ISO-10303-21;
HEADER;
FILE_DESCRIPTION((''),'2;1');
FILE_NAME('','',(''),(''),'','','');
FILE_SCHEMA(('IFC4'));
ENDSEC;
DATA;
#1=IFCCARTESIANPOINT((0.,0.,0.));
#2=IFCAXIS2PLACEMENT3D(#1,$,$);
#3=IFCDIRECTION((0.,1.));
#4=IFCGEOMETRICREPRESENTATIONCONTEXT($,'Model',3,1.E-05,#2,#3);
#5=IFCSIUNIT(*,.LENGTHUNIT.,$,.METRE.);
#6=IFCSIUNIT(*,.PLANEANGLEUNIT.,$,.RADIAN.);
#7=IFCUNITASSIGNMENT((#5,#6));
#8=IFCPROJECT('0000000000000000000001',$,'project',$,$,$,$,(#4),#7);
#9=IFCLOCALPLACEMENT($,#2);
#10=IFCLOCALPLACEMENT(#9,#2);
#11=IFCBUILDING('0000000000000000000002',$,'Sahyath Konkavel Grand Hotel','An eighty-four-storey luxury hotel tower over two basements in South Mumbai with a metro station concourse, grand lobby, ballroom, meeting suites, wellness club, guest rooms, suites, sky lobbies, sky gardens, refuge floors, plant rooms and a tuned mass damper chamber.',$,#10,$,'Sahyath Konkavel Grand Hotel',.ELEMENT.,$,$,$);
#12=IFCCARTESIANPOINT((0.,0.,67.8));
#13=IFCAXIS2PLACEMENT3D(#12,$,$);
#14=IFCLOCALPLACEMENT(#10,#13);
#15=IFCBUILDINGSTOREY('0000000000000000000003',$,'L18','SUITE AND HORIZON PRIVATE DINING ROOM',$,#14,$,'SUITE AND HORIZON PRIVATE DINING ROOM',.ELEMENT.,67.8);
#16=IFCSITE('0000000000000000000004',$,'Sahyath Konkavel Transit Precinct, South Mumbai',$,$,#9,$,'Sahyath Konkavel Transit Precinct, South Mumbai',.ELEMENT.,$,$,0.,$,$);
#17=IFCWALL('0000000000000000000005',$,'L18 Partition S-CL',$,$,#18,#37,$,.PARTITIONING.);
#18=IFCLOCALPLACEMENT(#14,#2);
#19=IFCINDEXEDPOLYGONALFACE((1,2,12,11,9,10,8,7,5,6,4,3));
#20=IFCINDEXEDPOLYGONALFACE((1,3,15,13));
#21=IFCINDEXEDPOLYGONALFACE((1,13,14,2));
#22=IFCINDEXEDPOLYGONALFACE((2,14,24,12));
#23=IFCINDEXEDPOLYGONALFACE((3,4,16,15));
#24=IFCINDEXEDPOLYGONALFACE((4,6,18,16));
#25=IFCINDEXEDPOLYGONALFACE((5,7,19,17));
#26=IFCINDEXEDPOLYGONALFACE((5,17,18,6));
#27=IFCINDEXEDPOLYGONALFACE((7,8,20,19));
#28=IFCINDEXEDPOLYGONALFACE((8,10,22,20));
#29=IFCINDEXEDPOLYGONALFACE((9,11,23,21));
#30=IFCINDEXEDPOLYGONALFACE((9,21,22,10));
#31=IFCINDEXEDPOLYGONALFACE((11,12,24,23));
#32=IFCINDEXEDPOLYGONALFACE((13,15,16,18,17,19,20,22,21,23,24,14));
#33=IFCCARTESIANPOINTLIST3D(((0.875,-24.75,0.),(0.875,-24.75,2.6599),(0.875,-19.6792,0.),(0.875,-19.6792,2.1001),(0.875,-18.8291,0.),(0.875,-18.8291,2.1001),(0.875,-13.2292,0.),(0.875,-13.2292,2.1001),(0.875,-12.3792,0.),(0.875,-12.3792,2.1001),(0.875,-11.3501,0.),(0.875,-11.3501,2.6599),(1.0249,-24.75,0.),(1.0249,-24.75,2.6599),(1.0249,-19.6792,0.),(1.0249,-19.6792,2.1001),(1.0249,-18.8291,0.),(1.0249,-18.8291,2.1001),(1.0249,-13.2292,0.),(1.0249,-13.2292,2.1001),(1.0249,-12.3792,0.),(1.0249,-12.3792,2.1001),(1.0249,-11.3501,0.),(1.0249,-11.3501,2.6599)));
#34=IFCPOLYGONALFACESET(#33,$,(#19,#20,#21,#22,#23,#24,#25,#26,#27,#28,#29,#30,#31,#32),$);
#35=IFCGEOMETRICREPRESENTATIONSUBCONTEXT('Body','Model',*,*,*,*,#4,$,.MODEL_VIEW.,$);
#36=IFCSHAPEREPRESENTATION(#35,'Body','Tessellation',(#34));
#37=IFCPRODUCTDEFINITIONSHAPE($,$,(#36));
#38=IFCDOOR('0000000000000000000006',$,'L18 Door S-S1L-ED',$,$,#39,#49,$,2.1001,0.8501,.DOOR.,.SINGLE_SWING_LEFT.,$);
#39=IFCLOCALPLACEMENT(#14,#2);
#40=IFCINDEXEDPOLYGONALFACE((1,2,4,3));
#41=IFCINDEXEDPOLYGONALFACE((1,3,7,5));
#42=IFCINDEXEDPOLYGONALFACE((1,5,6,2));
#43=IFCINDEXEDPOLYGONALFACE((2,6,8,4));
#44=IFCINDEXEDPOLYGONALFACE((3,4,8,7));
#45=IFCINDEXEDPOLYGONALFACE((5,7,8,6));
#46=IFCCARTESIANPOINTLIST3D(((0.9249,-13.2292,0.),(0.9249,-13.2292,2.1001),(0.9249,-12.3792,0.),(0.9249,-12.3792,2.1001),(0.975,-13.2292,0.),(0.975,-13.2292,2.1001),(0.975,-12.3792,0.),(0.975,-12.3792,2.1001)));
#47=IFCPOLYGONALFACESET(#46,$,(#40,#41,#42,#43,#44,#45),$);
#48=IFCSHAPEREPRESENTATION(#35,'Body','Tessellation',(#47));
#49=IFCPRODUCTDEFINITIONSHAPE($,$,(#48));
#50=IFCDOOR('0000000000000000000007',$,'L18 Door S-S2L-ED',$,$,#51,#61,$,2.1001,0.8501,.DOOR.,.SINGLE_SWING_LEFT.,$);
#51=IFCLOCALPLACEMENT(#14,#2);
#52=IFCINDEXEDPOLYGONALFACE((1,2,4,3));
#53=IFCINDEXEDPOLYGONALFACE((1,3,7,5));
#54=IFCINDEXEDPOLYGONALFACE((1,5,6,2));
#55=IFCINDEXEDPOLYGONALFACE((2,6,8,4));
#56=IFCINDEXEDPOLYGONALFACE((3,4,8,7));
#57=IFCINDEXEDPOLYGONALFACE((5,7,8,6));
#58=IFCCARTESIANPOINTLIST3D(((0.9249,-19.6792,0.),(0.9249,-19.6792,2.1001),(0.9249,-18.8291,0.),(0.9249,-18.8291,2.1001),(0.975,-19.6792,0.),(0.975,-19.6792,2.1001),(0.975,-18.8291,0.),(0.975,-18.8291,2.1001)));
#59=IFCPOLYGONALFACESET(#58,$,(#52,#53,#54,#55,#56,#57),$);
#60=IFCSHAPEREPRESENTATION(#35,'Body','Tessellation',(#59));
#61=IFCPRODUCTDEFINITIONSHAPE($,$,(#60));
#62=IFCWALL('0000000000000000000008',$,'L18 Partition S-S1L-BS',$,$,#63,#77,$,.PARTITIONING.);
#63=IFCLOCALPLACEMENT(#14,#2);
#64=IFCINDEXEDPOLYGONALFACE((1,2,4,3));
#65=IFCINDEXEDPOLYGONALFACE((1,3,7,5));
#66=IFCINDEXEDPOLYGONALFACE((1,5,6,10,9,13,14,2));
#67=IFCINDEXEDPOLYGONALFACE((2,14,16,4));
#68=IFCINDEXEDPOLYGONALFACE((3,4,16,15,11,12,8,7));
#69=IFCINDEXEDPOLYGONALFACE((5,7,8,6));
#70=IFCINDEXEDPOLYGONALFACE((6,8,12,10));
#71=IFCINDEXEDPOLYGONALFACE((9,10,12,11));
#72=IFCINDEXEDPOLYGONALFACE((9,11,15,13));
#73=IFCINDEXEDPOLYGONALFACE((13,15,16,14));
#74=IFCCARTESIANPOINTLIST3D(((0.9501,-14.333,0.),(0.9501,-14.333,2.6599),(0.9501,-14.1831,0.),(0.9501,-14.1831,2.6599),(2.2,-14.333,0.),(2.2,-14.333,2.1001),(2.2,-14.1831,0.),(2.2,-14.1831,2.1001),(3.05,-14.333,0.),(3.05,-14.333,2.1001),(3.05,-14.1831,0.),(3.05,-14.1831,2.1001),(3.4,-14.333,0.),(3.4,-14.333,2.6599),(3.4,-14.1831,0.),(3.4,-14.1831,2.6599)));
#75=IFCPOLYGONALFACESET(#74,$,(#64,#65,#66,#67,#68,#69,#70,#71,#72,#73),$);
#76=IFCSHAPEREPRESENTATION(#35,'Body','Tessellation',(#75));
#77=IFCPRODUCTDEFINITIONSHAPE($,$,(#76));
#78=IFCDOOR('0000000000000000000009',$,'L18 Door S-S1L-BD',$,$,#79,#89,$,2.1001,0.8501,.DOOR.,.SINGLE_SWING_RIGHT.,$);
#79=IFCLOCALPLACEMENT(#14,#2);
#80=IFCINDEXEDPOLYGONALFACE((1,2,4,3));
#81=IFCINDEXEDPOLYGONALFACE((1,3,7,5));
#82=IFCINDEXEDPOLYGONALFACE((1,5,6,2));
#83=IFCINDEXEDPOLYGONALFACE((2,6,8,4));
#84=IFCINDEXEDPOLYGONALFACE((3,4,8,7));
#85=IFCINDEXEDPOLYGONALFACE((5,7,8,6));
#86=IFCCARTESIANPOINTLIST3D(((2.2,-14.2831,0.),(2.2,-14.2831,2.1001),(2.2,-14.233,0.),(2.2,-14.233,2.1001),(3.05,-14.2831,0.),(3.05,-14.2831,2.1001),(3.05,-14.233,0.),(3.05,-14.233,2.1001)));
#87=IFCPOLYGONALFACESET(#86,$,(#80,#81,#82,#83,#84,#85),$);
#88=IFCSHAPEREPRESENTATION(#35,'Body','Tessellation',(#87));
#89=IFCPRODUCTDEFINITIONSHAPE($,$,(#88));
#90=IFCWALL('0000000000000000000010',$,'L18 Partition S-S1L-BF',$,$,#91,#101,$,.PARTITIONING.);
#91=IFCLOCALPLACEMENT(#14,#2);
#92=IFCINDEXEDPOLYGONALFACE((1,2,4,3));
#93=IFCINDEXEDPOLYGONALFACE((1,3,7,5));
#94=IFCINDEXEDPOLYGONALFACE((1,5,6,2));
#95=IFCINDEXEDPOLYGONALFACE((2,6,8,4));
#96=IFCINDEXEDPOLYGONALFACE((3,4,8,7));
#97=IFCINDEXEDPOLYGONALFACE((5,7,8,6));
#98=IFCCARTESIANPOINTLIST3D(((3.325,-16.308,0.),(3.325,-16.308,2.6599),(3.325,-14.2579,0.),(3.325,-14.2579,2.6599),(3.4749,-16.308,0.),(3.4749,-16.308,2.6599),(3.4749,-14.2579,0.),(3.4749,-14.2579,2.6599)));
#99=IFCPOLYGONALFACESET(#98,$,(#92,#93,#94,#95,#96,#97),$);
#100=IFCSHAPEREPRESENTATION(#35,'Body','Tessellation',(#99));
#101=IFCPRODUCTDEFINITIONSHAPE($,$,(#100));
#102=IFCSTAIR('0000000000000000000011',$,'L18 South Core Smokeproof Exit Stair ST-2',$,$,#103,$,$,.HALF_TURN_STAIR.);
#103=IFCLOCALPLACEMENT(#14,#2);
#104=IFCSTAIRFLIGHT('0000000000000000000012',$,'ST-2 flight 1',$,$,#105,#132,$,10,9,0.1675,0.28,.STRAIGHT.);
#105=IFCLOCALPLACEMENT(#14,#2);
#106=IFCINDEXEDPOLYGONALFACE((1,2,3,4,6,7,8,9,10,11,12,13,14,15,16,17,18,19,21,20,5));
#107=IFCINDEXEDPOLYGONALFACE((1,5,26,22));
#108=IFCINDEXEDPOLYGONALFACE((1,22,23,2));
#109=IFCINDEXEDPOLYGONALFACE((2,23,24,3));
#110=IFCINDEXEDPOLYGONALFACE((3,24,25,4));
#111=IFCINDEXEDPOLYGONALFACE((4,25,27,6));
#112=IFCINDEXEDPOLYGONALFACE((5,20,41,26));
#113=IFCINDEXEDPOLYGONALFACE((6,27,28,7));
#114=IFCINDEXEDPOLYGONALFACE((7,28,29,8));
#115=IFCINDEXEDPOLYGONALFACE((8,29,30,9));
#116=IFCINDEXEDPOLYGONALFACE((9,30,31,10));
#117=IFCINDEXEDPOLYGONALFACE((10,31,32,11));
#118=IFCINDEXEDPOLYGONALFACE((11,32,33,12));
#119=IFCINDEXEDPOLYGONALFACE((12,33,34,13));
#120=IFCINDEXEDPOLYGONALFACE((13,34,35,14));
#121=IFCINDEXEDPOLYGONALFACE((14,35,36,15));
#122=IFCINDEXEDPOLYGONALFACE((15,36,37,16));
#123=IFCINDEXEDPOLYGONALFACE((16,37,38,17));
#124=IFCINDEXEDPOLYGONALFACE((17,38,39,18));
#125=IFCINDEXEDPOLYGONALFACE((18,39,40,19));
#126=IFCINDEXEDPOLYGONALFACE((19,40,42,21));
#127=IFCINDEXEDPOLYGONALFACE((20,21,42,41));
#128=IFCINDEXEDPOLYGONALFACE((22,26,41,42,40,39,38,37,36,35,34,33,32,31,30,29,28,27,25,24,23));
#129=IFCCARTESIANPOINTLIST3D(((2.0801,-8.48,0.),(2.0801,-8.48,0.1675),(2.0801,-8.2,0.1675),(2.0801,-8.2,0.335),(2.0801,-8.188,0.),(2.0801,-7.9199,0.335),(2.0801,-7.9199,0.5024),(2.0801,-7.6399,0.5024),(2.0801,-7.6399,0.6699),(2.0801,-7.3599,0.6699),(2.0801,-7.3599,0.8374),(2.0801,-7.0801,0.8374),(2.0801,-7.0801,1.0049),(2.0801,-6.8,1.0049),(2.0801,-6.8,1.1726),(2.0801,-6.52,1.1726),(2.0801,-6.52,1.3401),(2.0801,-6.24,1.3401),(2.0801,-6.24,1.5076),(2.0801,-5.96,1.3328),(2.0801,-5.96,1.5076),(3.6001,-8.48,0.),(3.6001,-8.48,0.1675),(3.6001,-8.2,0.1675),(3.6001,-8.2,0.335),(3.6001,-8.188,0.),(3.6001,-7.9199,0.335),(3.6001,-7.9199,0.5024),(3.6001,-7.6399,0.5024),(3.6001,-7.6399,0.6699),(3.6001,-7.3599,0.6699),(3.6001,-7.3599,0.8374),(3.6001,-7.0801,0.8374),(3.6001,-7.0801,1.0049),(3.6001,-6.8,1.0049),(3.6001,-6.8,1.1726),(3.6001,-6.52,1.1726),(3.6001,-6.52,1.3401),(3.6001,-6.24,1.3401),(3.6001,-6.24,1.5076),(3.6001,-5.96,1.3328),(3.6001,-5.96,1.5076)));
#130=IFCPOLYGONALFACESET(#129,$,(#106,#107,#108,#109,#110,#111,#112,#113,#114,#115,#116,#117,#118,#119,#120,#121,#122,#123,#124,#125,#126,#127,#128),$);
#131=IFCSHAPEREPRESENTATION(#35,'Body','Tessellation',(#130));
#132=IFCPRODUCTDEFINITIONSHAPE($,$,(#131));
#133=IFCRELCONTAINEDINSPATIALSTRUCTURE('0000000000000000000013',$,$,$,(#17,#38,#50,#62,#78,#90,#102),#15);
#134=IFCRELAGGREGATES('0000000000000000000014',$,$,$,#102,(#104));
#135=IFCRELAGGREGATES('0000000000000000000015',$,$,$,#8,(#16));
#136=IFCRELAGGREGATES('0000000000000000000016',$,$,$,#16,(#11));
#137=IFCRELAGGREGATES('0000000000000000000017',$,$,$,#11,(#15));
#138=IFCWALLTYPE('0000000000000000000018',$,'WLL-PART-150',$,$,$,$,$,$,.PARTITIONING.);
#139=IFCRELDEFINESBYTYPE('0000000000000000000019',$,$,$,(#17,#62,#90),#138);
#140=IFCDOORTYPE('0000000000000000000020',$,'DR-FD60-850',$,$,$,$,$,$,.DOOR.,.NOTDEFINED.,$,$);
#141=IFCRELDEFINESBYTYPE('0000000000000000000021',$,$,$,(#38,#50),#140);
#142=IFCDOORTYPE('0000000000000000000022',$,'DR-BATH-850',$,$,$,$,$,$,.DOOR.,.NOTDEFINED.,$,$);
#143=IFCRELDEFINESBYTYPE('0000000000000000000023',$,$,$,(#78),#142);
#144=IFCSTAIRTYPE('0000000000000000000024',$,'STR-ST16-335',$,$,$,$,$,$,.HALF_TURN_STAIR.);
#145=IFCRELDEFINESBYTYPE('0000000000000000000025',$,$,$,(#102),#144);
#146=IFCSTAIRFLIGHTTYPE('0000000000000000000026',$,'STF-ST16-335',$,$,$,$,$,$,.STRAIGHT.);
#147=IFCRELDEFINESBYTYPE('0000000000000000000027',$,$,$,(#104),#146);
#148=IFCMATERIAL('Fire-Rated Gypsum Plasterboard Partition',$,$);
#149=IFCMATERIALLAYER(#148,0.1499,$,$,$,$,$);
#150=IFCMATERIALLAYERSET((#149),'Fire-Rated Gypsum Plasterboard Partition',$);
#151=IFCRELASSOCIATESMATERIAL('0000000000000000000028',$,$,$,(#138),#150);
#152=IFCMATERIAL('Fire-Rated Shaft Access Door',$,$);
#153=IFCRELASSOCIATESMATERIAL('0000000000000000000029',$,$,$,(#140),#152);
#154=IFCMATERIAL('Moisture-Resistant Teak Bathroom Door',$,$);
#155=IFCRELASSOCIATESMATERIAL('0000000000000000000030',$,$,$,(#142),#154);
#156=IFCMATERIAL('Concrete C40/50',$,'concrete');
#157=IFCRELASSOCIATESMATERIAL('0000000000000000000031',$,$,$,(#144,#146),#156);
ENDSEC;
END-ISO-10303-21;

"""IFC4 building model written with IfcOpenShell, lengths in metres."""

from ifc_helpers import new_model, si_unit, direction, frame, frame_2d, origin, origin_2d, place, context, subcontext, project, spatial, polyline, rectangle, outline, extrude, source, transform, mapped, material, layer, layer_set, type_object, element, fill, aggregate, save


model = new_model("IFC4")

# Units and contexts
model_context = context("Model", 3, precision=1e-05, world=origin(), true_north=direction((0.0, 1.0)))
body_context = subcontext(model_context, "Body", "Model", "MODEL_VIEW")
ifc_project = project(units=[si_unit("LENGTHUNIT", "METRE"), si_unit("PLANEANGLEUNIT", "RADIAN")], contexts=[model_context])

# Site, building, storey
site_placement = place(None, origin())
site = spatial("IfcSite", under=ifc_project, at=site_placement, Name="Sahyath Konkavel Transit Precinct, South Mumbai", LongName="Sahyath Konkavel Transit Precinct, South Mumbai", CompositionType="ELEMENT", RefElevation=0.0)
building_placement = place(site_placement, origin())
building = spatial("IfcBuilding", under=site, at=building_placement, Name="Sahyath Konkavel Grand Hotel", Description="An eighty-four-storey luxury hotel tower over two basements in South Mumbai with a metro station concourse, grand lobby, ballroom, meeting suites, wellness club, guest rooms, suites, sky lobbies, sky gardens, refuge floors, plant rooms and a tuned mass damper chamber.", LongName="Sahyath Konkavel Grand Hotel", CompositionType="ELEMENT")
storey_placement = place(building_placement, frame((0.0, 0.0, 67.8)))
storey = spatial("IfcBuildingStorey", under=building, at=storey_placement, Name="L18", Description="SUITE AND HORIZON PRIVATE DINING ROOM", LongName="SUITE AND HORIZON PRIVATE DINING ROOM", CompositionType="ELEMENT", Elevation=67.8)

# Shared definitions
ifc_material_1 = material(Name="Concrete C40/50", Category="concrete")

# Wall, openings, doors
ifc_material_2 = material(Name="Fire-Rated Gypsum Plasterboard Partition")
ifc_layer_1 = layer(ifc_material_2, 0.1499)
ifc_layer_set_1 = layer_set([ifc_layer_1], Name="Fire-Rated Gypsum Plasterboard Partition")
wall_type_1 = type_object("IfcWallType", Name="WLL-PART-150", PredefinedType="PARTITIONING", material=ifc_layer_set_1)
wall_1_placement = place(storey_placement, frame((0.95, -11.3501, 0.0), z_axis=(0.0, 0.0, 1.0), x_axis=(0.0, -1.0, 0.0)))
wall_1 = element("IfcWall", 1, at=wall_1_placement, inside=storey, type_object=wall_type_1, Name="L18 Partition S-CL", PredefinedType="PARTITIONING", context=body_context, shape_type="SweptSolid", body=[
    extrude(rectangle(XDim=13.3999, YDim=0.1499, at=frame_2d((6.7, 0.0))), origin(), (0.0, 0.0, 1.0), 2.6599),
])
opening_1_placement = place(wall_1_placement, frame((1.0291, 0.0, 0.0)))
opening_1 = element("IfcOpeningElement", 2, at=opening_1_placement, cuts=wall_1, PredefinedType="OPENING", context=body_context, shape_type="SweptSolid", body=[
    extrude(rectangle(XDim=0.8501, YDim=2.1001, at=frame_2d((0.425, 1.05))), frame((0.0, 0.085, 0.0), z_axis=(0.0, -1.0, 0.0), x_axis=(1.0, 0.0, 0.0)), (0.0, 0.0, 1.0), 0.1699),
])
opening_2_placement = place(wall_1_placement, frame((7.479, 0.0, 0.0)))
opening_2 = element("IfcOpeningElement", 3, at=opening_2_placement, cuts=wall_1, PredefinedType="OPENING", context=body_context, shape_type="SweptSolid", body=[
    extrude(rectangle(XDim=0.8501, YDim=2.1001, at=frame_2d((0.425, 1.05))), frame((0.0, 0.085, 0.0), z_axis=(0.0, -1.0, 0.0), x_axis=(1.0, 0.0, 0.0)), (0.0, 0.0, 1.0), 0.1699),
])
ifc_material_3 = material(Name="Fire-Rated Shaft Access Door")
door_type_1 = type_object("IfcDoorType", Name="DR-FD60-850", OperationType="NOTDEFINED", PredefinedType="DOOR", material=ifc_material_3)
shared_shape_1 = source(origin(), body_context, "Body", "SweptSolid", [
    extrude(rectangle(XDim=0.8501, YDim=0.05, at=origin_2d()), origin(), (0.0, 0.0, 1.0), 2.1001),
])
door_1_placement = place(opening_1_placement, frame((0.425, 0.0, 0.0)))
door_1 = element("IfcDoor", 4, at=door_1_placement, inside=storey, type_object=door_type_1, Name="L18 Door S-S1L-ED", OperationType="SINGLE_SWING_LEFT", OverallHeight=2.1001, OverallWidth=0.8501, PredefinedType="DOOR", context=body_context, shape_type="MappedRepresentation", body=[
    mapped(shared_shape_1, transform((0.0, 0.0, 0.0), scale=1.0)),
])
fill(opening_1, door_1)
door_2_placement = place(opening_2_placement, frame((0.425, 0.0, 0.0)))
door_2 = element("IfcDoor", 5, at=door_2_placement, inside=storey, type_object=door_type_1, Name="L18 Door S-S2L-ED", OperationType="SINGLE_SWING_LEFT", OverallHeight=2.1001, OverallWidth=0.8501, PredefinedType="DOOR", context=body_context, shape_type="MappedRepresentation", body=[
    mapped(shared_shape_1, transform((0.0, 0.0, 0.0), scale=1.0)),
])
fill(opening_2, door_2)

# Wall, opening, door
wall_2_placement = place(storey_placement, frame((0.95, -14.2581, 0.0), z_axis=(0.0, 0.0, 1.0), x_axis=(1.0, 0.0, 0.0)))
wall_2 = element("IfcWall", 6, at=wall_2_placement, inside=storey, type_object=wall_type_1, Name="L18 Partition S-S1L-BS", PredefinedType="PARTITIONING", context=body_context, shape_type="SweptSolid", body=[
    extrude(rectangle(XDim=2.45, YDim=0.1499, at=frame_2d((1.2251, 0.0))), origin(), (0.0, 0.0, 1.0), 2.6599),
])
opening_3_placement = place(wall_2_placement, frame((1.25, 0.0, 0.0)))
opening_3 = element("IfcOpeningElement", 7, at=opening_3_placement, cuts=wall_2, PredefinedType="OPENING", context=body_context, shape_type="SweptSolid", body=[
    extrude(rectangle(XDim=0.8501, YDim=2.1001, at=frame_2d((0.425, 1.05))), frame((0.0, 0.085, 0.0), z_axis=(0.0, -1.0, 0.0), x_axis=(1.0, 0.0, 0.0)), (0.0, 0.0, 1.0), 0.1699),
])
ifc_material_4 = material(Name="Moisture-Resistant Teak Bathroom Door")
door_type_2 = type_object("IfcDoorType", Name="DR-BATH-850", OperationType="NOTDEFINED", PredefinedType="DOOR", material=ifc_material_4)
door_3_placement = place(opening_3_placement, frame((0.425, 0.0, 0.0)))
door_3 = element("IfcDoor", 8, at=door_3_placement, inside=storey, type_object=door_type_2, Name="L18 Door S-S1L-BD", OperationType="SINGLE_SWING_RIGHT", OverallHeight=2.1001, OverallWidth=0.8501, PredefinedType="DOOR", context=body_context, shape_type="MappedRepresentation", body=[
    mapped(shared_shape_1, transform((0.0, 0.0, 0.0), scale=1.0)),
])
fill(opening_3, door_3)

# Wall
wall_3_placement = place(storey_placement, frame((3.3999, -14.2581, 0.0), z_axis=(0.0, 0.0, 1.0), x_axis=(0.0, -1.0, 0.0)))
element("IfcWall", 9, at=wall_3_placement, inside=storey, type_object=wall_type_1, Name="L18 Partition S-S1L-BF", PredefinedType="PARTITIONING", context=body_context, shape_type="SweptSolid", body=[
    extrude(rectangle(XDim=2.05, YDim=0.1499, at=frame_2d((1.0249, 0.0))), origin(), (0.0, 0.0, 1.0), 2.6599),
])

# Stair, stair flight
stair_type = type_object("IfcStairType", Name="STR-ST16-335", PredefinedType="HALF_TURN_STAIR", material=ifc_material_1)
stair_placement = place(storey_placement, origin())
stair = element("IfcStair", 10, at=stair_placement, inside=storey, type_object=stair_type, Name="L18 South Core Smokeproof Exit Stair ST-2", PredefinedType="HALF_TURN_STAIR")
stair_flight_type = type_object("IfcStairFlightType", Name="STF-ST16-335", PredefinedType="STRAIGHT", material=ifc_material_1)
stair_flight_placement = place(storey_placement, frame((2.8401, -8.48, 0.0), z_axis=(0.0, 0.0, 1.0), x_axis=(0.0, 1.0, 0.0)))
stair_flight = element("IfcStairFlight", 11, at=stair_flight_placement, type_object=stair_flight_type, Name="ST-2 flight 1", NumberOfRisers=10, NumberOfTreads=9, PredefinedType="STRAIGHT", RiserHeight=0.1675, TreadLength=0.28, context=body_context, shape_type="SweptSolid", body=[
    extrude(outline(polyline([(0.0, 0.0), (0.0, 0.1675), (0.28, 0.1675), (0.28, 0.335), (0.5601, 0.335), (0.5601, 0.5024), (0.8401, 0.5024), (0.8401, 0.6699), (1.1201, 0.6699), (1.1201, 0.8374), (1.3999, 0.8374), (1.3999, 1.0049), (1.6799, 1.0049), (1.6799, 1.1726), (1.96, 1.1726), (1.96, 1.3401), (2.24, 1.3401), (2.24, 1.5076), (2.52, 1.5076), (2.52, 1.675), (2.52, 1.3328), (0.292, 0.0), (0.0, 0.0)])), frame((0.0, 0.76, 0.0), z_axis=(0.0, -1.0, 0.0), x_axis=(1.0, 0.0, 0.0)), (0.0, 0.0, 1.0), 1.52),
])
aggregate(stair, [stair_flight])

save(model, "model.ifc")
